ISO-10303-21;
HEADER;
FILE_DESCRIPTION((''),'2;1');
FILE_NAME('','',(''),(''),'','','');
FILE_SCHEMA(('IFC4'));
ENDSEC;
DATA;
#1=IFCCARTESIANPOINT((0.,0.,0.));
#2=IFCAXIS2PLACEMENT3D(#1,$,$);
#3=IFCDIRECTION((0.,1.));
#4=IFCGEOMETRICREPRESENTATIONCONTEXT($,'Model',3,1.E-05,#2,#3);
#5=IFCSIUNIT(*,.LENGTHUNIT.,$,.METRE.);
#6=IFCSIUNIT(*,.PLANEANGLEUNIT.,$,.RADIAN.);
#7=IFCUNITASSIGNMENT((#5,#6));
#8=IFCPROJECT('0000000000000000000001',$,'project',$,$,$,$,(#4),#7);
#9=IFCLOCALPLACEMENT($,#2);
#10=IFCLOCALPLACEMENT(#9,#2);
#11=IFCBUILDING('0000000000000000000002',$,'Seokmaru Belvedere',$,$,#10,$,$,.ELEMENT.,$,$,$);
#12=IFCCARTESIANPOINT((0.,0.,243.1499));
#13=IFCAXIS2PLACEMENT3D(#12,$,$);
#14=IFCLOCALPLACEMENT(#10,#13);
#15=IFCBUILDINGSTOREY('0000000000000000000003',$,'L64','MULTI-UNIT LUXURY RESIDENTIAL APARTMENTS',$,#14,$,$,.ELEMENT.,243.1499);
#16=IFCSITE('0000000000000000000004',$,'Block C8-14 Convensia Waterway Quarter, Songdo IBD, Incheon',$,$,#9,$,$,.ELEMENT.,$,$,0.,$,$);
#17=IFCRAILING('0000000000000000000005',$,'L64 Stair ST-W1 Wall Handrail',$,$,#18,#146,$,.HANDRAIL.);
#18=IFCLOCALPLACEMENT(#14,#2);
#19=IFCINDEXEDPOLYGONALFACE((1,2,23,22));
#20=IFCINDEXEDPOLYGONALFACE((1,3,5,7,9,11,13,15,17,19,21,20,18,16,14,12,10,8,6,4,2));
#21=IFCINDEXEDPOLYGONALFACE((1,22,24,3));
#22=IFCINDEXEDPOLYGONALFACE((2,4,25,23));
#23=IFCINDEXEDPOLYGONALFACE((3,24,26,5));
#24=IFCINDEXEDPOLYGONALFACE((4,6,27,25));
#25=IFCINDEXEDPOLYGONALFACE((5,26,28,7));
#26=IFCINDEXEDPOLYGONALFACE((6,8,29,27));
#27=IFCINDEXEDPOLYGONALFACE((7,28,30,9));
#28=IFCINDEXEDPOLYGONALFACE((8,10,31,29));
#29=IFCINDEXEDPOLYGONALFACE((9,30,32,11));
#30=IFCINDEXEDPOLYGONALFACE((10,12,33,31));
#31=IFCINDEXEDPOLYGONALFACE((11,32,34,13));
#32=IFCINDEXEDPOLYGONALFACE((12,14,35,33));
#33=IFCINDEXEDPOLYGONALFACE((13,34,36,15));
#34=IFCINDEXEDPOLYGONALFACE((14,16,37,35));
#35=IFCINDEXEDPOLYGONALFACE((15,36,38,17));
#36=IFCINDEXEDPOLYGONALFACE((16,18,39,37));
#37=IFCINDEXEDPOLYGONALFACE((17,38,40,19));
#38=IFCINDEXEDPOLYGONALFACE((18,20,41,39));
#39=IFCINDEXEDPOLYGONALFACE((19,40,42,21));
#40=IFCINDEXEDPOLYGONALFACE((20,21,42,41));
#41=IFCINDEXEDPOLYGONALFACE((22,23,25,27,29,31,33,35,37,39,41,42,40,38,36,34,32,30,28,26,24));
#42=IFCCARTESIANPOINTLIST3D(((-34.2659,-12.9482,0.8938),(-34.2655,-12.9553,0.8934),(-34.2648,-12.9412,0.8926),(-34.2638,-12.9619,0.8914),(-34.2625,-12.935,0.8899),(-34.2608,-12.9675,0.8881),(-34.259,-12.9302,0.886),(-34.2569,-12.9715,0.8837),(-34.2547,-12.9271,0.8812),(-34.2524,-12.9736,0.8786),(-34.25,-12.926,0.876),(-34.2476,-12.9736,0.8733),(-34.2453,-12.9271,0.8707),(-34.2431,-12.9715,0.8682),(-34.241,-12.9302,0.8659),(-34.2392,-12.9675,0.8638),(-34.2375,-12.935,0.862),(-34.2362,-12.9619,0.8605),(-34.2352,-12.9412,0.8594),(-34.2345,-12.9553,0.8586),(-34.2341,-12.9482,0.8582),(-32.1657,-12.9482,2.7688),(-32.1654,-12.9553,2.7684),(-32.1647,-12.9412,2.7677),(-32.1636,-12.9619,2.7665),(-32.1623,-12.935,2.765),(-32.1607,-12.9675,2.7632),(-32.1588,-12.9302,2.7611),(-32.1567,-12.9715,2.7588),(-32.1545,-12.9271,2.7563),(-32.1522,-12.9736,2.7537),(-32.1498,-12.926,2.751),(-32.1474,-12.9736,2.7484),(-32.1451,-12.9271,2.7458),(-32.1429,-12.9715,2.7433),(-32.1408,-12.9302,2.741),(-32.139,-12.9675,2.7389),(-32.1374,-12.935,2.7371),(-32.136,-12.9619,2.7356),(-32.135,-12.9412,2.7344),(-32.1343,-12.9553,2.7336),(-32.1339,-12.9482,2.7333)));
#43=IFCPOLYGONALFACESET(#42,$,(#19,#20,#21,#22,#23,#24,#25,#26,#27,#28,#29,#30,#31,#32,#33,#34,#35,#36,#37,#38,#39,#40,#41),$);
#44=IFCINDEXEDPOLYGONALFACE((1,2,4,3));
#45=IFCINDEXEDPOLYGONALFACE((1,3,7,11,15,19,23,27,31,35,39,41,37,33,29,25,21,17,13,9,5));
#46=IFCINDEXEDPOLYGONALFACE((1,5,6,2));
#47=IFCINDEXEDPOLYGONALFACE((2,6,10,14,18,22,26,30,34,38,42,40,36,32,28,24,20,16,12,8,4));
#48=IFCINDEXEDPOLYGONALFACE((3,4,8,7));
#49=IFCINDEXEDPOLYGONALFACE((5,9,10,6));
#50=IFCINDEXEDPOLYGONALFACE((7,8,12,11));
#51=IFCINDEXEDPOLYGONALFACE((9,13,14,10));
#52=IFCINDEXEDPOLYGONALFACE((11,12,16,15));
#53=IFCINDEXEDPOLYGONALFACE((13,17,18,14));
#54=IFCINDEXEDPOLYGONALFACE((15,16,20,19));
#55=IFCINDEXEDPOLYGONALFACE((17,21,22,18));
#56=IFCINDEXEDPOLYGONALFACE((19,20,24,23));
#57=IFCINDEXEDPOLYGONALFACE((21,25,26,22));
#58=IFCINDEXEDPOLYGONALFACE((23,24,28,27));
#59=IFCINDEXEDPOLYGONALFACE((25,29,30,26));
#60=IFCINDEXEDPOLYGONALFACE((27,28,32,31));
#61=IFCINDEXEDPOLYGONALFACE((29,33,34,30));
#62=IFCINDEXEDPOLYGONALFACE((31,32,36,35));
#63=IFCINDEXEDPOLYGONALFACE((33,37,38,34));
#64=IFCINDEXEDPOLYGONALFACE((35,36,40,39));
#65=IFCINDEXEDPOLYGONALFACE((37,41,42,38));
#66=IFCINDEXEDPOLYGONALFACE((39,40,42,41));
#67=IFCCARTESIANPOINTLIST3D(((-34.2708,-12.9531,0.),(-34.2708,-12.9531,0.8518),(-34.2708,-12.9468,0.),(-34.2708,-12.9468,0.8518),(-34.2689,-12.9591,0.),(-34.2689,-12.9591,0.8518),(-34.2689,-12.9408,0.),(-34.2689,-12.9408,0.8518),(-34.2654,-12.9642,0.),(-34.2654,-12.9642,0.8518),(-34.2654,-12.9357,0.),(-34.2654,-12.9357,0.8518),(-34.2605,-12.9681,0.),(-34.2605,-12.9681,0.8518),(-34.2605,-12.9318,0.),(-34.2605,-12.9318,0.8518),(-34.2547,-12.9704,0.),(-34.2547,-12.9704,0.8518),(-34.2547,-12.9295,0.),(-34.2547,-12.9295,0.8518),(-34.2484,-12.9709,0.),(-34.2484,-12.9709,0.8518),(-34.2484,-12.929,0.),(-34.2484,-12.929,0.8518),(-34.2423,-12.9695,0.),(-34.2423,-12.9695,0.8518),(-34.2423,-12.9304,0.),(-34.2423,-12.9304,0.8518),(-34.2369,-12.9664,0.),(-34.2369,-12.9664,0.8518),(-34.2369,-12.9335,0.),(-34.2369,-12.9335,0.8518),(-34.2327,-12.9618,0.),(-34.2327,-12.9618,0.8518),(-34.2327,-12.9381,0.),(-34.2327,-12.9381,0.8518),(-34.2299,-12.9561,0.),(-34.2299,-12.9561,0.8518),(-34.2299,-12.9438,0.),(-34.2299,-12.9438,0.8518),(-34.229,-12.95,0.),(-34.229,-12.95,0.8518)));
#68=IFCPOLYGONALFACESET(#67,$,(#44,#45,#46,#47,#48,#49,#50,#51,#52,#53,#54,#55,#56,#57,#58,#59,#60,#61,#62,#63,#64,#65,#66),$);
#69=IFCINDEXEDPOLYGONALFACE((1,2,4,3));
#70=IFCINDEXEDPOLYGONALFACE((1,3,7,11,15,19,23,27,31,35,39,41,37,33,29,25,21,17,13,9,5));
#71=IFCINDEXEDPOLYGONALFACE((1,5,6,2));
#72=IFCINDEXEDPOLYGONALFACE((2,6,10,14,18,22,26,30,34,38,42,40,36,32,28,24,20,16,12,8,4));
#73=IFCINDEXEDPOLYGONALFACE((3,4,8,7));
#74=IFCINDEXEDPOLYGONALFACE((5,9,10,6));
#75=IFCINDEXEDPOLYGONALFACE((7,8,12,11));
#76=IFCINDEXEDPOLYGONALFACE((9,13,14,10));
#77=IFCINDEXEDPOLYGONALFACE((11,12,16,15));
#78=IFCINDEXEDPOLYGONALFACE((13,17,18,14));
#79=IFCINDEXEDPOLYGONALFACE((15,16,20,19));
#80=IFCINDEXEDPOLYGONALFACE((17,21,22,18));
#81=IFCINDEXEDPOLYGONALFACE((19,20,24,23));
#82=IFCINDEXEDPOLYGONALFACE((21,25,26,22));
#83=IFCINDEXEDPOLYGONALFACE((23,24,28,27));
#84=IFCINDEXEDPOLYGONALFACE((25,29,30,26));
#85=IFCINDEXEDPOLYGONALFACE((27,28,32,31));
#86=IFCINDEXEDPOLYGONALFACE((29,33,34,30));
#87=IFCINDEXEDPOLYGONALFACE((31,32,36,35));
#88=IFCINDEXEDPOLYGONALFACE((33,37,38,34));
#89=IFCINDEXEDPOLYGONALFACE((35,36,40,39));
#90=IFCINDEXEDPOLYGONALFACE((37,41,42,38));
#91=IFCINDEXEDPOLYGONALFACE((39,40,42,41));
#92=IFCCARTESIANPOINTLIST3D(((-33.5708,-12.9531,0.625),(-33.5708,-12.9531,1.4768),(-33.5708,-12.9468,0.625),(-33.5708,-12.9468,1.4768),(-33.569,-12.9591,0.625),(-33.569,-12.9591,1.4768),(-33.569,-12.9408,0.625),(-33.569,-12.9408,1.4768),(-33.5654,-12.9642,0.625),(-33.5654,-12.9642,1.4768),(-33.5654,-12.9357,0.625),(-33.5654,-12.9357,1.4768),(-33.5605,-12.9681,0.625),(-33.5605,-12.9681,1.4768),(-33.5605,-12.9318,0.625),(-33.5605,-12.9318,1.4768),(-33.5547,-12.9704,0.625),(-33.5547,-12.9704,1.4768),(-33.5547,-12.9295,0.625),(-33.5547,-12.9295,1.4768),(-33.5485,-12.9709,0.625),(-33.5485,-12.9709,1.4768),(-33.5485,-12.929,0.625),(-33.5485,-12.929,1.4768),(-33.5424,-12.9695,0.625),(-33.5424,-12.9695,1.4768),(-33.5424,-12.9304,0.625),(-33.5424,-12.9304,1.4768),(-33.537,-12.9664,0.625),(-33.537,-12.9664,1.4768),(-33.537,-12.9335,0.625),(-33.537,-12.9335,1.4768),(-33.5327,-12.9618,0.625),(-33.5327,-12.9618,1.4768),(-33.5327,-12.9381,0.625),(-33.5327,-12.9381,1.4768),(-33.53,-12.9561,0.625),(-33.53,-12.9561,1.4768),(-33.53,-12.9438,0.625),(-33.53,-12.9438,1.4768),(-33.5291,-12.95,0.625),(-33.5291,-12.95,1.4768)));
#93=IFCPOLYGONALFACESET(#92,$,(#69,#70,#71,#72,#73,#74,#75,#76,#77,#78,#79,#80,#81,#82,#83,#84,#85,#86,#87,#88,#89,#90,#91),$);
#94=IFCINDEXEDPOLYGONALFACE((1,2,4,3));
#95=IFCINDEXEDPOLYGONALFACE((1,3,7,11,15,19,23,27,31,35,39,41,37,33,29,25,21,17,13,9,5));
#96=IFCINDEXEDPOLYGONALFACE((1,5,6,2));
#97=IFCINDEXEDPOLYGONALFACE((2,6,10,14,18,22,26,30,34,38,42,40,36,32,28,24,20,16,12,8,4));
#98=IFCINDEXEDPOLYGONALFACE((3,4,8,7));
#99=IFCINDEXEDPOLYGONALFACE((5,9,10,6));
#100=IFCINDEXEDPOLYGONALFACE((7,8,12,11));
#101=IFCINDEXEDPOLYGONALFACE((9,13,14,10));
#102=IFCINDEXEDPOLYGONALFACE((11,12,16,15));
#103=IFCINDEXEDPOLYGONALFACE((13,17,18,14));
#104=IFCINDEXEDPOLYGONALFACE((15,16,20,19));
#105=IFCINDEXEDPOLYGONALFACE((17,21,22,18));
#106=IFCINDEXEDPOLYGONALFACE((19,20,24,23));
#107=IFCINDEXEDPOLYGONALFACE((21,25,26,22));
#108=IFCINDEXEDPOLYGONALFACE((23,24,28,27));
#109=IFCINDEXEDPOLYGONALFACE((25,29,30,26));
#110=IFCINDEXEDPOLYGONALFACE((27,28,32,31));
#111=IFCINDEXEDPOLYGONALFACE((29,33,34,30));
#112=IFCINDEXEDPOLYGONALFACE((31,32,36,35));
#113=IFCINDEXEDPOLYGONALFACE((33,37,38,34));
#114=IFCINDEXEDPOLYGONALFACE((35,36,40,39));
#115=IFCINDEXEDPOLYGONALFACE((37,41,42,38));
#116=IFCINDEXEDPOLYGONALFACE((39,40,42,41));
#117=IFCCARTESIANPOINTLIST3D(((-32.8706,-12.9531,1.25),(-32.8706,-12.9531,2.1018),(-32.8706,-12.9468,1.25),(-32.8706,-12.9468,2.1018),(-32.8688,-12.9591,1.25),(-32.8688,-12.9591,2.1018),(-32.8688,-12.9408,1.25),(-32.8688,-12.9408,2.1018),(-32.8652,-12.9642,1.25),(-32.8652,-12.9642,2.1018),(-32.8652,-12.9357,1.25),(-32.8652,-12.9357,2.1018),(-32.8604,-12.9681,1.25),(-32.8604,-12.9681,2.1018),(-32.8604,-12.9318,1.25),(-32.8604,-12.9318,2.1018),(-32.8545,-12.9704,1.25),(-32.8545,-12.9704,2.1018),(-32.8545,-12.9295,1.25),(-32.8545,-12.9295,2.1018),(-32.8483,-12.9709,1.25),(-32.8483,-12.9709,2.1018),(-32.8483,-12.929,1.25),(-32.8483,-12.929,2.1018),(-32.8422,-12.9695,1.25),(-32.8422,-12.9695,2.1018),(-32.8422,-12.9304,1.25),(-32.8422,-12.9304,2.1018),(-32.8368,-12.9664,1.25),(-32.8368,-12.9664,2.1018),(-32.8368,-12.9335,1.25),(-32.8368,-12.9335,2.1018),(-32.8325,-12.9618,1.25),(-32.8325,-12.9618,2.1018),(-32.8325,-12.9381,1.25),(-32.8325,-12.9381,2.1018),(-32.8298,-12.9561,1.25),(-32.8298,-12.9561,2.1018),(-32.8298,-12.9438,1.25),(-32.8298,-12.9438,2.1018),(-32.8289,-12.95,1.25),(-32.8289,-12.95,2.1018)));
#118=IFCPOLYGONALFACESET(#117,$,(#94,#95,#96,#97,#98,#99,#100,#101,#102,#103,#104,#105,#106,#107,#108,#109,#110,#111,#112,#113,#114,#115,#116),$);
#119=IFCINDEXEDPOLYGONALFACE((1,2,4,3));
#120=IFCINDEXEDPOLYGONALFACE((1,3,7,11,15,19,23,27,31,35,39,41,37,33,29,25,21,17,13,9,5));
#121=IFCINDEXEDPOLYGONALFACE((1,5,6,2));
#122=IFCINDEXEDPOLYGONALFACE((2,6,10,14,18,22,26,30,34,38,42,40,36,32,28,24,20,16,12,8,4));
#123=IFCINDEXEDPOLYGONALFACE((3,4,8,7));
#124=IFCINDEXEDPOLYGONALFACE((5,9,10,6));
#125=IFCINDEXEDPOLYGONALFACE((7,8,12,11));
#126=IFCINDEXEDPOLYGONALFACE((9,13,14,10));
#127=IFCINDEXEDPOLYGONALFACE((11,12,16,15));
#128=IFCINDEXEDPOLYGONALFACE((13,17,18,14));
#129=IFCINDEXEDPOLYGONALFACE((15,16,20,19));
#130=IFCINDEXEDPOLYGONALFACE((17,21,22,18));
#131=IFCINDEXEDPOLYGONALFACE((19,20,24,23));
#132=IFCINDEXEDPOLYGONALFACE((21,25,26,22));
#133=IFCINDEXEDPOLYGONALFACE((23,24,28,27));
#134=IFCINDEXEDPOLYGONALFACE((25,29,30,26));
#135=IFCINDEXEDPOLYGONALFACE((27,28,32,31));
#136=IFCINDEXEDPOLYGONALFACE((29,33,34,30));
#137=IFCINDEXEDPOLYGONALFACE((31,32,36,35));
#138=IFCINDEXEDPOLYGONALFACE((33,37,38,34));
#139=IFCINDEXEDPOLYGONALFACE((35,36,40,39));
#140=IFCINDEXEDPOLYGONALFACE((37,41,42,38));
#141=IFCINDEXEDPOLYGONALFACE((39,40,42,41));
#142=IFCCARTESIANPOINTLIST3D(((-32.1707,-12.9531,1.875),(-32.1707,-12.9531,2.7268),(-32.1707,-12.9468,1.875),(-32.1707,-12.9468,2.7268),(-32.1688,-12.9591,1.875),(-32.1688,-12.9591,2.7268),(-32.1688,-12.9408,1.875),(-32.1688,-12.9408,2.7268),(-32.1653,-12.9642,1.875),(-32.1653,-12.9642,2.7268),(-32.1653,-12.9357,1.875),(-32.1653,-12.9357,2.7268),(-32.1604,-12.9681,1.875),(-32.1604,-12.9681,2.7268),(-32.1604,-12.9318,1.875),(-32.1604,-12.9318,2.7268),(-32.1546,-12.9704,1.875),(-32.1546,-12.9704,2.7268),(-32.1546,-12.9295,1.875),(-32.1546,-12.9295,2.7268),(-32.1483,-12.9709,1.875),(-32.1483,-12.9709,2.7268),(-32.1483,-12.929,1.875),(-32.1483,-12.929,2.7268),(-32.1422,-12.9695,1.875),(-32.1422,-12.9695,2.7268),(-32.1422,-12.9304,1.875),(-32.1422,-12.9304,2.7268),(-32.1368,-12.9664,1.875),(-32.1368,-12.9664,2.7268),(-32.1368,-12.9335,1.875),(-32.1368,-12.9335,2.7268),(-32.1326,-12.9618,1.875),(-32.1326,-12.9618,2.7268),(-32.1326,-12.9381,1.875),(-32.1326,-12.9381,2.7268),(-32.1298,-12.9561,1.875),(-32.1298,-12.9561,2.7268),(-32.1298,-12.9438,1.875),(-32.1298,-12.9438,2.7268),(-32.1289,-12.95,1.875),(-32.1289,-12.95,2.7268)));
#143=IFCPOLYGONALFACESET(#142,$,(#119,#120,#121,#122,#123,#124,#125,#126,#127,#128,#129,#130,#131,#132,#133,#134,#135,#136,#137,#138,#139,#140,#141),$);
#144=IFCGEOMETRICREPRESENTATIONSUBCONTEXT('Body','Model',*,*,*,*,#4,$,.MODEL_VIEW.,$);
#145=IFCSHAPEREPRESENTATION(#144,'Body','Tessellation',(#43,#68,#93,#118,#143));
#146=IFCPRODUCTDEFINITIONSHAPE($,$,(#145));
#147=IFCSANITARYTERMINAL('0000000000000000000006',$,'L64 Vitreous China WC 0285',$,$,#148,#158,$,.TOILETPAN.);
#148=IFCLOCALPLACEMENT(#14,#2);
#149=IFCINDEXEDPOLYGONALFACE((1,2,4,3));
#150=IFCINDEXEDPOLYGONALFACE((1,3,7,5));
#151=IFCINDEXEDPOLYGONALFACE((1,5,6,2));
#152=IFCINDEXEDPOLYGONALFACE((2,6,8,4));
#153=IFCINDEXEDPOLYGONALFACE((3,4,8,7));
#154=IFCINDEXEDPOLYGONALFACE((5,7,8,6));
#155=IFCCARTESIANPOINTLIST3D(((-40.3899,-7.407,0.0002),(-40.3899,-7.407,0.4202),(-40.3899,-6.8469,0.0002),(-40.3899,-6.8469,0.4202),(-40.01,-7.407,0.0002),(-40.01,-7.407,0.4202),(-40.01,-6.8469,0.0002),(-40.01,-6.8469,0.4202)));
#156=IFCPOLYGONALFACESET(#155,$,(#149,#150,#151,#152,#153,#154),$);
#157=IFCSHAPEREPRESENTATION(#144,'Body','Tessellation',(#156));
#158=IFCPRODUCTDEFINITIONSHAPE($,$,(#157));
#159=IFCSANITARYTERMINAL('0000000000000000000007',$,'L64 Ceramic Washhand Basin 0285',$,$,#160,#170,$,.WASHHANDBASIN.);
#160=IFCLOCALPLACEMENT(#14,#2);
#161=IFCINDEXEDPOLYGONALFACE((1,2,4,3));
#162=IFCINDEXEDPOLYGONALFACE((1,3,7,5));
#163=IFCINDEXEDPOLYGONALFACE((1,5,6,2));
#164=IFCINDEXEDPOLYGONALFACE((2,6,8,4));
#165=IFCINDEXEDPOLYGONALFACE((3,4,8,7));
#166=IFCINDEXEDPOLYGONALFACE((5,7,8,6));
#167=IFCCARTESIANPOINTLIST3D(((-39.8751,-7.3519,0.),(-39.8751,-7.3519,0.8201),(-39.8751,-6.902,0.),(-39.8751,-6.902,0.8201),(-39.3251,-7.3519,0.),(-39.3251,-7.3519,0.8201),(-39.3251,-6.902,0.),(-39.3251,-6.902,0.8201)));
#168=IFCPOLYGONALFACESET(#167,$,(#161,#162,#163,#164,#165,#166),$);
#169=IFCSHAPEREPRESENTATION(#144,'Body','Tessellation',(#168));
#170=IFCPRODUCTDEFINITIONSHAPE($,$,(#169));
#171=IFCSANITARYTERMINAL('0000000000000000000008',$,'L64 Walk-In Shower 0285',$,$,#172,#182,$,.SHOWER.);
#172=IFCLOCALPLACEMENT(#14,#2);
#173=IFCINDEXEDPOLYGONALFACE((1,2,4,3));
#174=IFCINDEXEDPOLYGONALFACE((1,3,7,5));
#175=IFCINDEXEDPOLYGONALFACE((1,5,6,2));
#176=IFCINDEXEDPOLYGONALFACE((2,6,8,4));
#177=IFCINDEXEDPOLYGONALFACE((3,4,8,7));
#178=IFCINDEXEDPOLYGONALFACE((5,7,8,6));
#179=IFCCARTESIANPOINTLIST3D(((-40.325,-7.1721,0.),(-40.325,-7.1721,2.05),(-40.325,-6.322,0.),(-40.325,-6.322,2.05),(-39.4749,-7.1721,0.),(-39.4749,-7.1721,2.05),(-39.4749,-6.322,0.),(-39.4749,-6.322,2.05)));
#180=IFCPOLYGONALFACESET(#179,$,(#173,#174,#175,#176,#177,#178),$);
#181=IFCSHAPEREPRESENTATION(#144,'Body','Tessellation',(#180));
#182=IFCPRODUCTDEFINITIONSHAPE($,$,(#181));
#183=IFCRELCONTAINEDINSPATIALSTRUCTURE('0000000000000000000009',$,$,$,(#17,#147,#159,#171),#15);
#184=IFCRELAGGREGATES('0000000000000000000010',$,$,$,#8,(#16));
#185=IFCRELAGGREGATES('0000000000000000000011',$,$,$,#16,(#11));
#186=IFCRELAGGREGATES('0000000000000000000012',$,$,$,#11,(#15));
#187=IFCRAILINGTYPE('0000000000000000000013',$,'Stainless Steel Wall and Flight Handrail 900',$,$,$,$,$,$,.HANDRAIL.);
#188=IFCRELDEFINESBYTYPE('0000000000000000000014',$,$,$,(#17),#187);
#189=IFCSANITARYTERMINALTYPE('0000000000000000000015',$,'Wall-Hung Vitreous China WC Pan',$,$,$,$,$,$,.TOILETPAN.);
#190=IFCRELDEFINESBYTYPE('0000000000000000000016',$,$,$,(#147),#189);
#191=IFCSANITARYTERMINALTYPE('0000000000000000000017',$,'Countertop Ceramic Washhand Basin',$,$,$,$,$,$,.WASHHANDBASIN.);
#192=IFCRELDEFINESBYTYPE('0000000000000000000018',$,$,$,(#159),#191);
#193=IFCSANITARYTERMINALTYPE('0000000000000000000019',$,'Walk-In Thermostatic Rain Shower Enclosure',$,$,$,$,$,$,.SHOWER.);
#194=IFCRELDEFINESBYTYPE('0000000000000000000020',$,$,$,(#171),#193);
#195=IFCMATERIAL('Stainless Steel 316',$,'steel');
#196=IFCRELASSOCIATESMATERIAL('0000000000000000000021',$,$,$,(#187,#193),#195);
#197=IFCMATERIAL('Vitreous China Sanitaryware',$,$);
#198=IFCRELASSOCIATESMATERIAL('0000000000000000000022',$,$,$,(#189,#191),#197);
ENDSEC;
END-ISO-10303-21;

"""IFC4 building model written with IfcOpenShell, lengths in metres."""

from ifc_helpers import new_model, si_unit, direction, frame, origin, origin_2d, place, context, subcontext, project, spatial, rectangle, circle, extrude, source, transform, mapped, material, type_object, type_shapes, element, save


model = new_model("IFC4")

# Units and contexts
model_context = context("Model", 3, precision=1e-05, world=origin(), true_north=direction((0.0, 1.0)))
body_context = subcontext(model_context, "Body", "Model", "MODEL_VIEW")
ifc_project = project(units=[si_unit("LENGTHUNIT", "METRE"), si_unit("PLANEANGLEUNIT", "RADIAN")], contexts=[model_context])

# Site, building, storey
site_placement = place(None, origin())
site = spatial("IfcSite", under=ifc_project, at=site_placement, Name="Block C8-14 Convensia Waterway Quarter, Songdo IBD, Incheon", CompositionType="ELEMENT", RefElevation=0.0)
building_placement = place(site_placement, origin())
building = spatial("IfcBuilding", under=site, at=building_placement, Name="Seokmaru Belvedere", CompositionType="ELEMENT")
storey_placement = place(building_placement, frame((0.0, 0.0, 243.1499)))
storey = spatial("IfcBuildingStorey", under=building, at=storey_placement, Name="L64", Description="MULTI-UNIT LUXURY RESIDENTIAL APARTMENTS", CompositionType="ELEMENT", Elevation=243.1499)

# Railing
ifc_material_1 = material(Name="Stainless Steel 316", Category="steel")
railing_type_1 = type_object("IfcRailingType", Name="Stainless Steel Wall and Flight Handrail 900", PredefinedType="HANDRAIL", material=ifc_material_1)
railing_1_placement = place(storey_placement, frame((-34.25, -12.95, 0.0)))
element("IfcRailing", 1, at=railing_1_placement, inside=storey, type_object=railing_type_1, Name="L64 Stair ST-W1 Wall Handrail", PredefinedType="HANDRAIL", context=body_context, shape_type="SweptSolid", body=[
    extrude(circle(Radius=0.0239, at=origin_2d()), frame((0.0, 0.0, 0.876), z_axis=(0.745953, 0.0, 0.665999), x_axis=(0.0, 1.0, 0.0)), (0.0, 0.0, 1.0), 2.8154),
    extrude(circle(Radius=0.021, at=origin_2d()), origin(), (0.0, 0.0, 1.0), 0.8518),
    extrude(circle(Radius=0.021, at=origin_2d()), frame((0.7, 0.0, 0.625)), (0.0, 0.0, 1.0), 0.8518),
    extrude(circle(Radius=0.021, at=origin_2d()), frame((1.4001, 0.0, 1.25)), (0.0, 0.0, 1.0), 0.8518),
    extrude(circle(Radius=0.021, at=origin_2d()), frame((2.1001, 0.0, 1.875)), (0.0, 0.0, 1.0), 0.8518),
])

# Sanitary terminals
ifc_material_2 = material(Name="Vitreous China Sanitaryware")
sanitary_terminal_type_1 = type_object("IfcSanitaryTerminalType", Name="Wall-Hung Vitreous China WC Pan", PredefinedType="TOILETPAN", material=ifc_material_2)
shared_shape_1 = source(origin(), body_context, "Body", "SweptSolid", [
    extrude(rectangle(XDim=0.3799, YDim=0.5601, at=origin_2d()), origin(), (0.0, 0.0, 1.0), 0.4199),
])
type_shapes(sanitary_terminal_type_1, [shared_shape_1])
sanitary_terminal_1_placement = place(storey_placement, frame((-40.2, -7.127, 0.0002), z_axis=(0.0, 0.0, 1.0), x_axis=(1.0, 0.0, 0.0)))
element("IfcSanitaryTerminal", 2, at=sanitary_terminal_1_placement, inside=storey, type_object=sanitary_terminal_type_1, Name="L64 Vitreous China WC 0285", PredefinedType="TOILETPAN", context=body_context, shape_type="MappedRepresentation", body=[
    mapped(shared_shape_1, transform((0.0, 0.0, 0.0), scale=1.0)),
])
sanitary_terminal_type_2 = type_object("IfcSanitaryTerminalType", Name="Countertop Ceramic Washhand Basin", PredefinedType="WASHHANDBASIN", material=ifc_material_2)
shared_shape_2 = source(origin(), body_context, "Body", "SweptSolid", [
    extrude(rectangle(XDim=0.55, YDim=0.45, at=origin_2d()), origin(), (0.0, 0.0, 1.0), 0.8201),
])
type_shapes(sanitary_terminal_type_2, [shared_shape_2])
sanitary_terminal_2_placement = place(storey_placement, frame((-39.6001, -7.127, 0.0), z_axis=(0.0, 0.0, 1.0), x_axis=(1.0, 0.0, 0.0)))
element("IfcSanitaryTerminal", 3, at=sanitary_terminal_2_placement, inside=storey, type_object=sanitary_terminal_type_2, Name="L64 Ceramic Washhand Basin 0285", PredefinedType="WASHHANDBASIN", context=body_context, shape_type="MappedRepresentation", body=[
    mapped(shared_shape_2, transform((0.0, 0.0, 0.0), scale=1.0)),
])
sanitary_terminal_type_3 = type_object("IfcSanitaryTerminalType", Name="Walk-In Thermostatic Rain Shower Enclosure", PredefinedType="SHOWER", material=ifc_material_1)
shared_shape_3 = source(origin(), body_context, "Body", "SweptSolid", [
    extrude(rectangle(XDim=0.8501, YDim=0.8501, at=origin_2d()), origin(), (0.0, 0.0, 1.0), 2.05),
])
type_shapes(sanitary_terminal_type_3, [shared_shape_3])
sanitary_terminal_3_placement = place(storey_placement, frame((-39.8999, -6.7471, 0.0), z_axis=(0.0, 0.0, 1.0), x_axis=(1.0, 0.0, 0.0)))
element("IfcSanitaryTerminal", 4, at=sanitary_terminal_3_placement, inside=storey, type_object=sanitary_terminal_type_3, Name="L64 Walk-In Shower 0285", PredefinedType="SHOWER", context=body_context, shape_type="MappedRepresentation", body=[
    mapped(shared_shape_3, transform((0.0, 0.0, 0.0), scale=1.0)),
])

save(model, "model.ifc")
